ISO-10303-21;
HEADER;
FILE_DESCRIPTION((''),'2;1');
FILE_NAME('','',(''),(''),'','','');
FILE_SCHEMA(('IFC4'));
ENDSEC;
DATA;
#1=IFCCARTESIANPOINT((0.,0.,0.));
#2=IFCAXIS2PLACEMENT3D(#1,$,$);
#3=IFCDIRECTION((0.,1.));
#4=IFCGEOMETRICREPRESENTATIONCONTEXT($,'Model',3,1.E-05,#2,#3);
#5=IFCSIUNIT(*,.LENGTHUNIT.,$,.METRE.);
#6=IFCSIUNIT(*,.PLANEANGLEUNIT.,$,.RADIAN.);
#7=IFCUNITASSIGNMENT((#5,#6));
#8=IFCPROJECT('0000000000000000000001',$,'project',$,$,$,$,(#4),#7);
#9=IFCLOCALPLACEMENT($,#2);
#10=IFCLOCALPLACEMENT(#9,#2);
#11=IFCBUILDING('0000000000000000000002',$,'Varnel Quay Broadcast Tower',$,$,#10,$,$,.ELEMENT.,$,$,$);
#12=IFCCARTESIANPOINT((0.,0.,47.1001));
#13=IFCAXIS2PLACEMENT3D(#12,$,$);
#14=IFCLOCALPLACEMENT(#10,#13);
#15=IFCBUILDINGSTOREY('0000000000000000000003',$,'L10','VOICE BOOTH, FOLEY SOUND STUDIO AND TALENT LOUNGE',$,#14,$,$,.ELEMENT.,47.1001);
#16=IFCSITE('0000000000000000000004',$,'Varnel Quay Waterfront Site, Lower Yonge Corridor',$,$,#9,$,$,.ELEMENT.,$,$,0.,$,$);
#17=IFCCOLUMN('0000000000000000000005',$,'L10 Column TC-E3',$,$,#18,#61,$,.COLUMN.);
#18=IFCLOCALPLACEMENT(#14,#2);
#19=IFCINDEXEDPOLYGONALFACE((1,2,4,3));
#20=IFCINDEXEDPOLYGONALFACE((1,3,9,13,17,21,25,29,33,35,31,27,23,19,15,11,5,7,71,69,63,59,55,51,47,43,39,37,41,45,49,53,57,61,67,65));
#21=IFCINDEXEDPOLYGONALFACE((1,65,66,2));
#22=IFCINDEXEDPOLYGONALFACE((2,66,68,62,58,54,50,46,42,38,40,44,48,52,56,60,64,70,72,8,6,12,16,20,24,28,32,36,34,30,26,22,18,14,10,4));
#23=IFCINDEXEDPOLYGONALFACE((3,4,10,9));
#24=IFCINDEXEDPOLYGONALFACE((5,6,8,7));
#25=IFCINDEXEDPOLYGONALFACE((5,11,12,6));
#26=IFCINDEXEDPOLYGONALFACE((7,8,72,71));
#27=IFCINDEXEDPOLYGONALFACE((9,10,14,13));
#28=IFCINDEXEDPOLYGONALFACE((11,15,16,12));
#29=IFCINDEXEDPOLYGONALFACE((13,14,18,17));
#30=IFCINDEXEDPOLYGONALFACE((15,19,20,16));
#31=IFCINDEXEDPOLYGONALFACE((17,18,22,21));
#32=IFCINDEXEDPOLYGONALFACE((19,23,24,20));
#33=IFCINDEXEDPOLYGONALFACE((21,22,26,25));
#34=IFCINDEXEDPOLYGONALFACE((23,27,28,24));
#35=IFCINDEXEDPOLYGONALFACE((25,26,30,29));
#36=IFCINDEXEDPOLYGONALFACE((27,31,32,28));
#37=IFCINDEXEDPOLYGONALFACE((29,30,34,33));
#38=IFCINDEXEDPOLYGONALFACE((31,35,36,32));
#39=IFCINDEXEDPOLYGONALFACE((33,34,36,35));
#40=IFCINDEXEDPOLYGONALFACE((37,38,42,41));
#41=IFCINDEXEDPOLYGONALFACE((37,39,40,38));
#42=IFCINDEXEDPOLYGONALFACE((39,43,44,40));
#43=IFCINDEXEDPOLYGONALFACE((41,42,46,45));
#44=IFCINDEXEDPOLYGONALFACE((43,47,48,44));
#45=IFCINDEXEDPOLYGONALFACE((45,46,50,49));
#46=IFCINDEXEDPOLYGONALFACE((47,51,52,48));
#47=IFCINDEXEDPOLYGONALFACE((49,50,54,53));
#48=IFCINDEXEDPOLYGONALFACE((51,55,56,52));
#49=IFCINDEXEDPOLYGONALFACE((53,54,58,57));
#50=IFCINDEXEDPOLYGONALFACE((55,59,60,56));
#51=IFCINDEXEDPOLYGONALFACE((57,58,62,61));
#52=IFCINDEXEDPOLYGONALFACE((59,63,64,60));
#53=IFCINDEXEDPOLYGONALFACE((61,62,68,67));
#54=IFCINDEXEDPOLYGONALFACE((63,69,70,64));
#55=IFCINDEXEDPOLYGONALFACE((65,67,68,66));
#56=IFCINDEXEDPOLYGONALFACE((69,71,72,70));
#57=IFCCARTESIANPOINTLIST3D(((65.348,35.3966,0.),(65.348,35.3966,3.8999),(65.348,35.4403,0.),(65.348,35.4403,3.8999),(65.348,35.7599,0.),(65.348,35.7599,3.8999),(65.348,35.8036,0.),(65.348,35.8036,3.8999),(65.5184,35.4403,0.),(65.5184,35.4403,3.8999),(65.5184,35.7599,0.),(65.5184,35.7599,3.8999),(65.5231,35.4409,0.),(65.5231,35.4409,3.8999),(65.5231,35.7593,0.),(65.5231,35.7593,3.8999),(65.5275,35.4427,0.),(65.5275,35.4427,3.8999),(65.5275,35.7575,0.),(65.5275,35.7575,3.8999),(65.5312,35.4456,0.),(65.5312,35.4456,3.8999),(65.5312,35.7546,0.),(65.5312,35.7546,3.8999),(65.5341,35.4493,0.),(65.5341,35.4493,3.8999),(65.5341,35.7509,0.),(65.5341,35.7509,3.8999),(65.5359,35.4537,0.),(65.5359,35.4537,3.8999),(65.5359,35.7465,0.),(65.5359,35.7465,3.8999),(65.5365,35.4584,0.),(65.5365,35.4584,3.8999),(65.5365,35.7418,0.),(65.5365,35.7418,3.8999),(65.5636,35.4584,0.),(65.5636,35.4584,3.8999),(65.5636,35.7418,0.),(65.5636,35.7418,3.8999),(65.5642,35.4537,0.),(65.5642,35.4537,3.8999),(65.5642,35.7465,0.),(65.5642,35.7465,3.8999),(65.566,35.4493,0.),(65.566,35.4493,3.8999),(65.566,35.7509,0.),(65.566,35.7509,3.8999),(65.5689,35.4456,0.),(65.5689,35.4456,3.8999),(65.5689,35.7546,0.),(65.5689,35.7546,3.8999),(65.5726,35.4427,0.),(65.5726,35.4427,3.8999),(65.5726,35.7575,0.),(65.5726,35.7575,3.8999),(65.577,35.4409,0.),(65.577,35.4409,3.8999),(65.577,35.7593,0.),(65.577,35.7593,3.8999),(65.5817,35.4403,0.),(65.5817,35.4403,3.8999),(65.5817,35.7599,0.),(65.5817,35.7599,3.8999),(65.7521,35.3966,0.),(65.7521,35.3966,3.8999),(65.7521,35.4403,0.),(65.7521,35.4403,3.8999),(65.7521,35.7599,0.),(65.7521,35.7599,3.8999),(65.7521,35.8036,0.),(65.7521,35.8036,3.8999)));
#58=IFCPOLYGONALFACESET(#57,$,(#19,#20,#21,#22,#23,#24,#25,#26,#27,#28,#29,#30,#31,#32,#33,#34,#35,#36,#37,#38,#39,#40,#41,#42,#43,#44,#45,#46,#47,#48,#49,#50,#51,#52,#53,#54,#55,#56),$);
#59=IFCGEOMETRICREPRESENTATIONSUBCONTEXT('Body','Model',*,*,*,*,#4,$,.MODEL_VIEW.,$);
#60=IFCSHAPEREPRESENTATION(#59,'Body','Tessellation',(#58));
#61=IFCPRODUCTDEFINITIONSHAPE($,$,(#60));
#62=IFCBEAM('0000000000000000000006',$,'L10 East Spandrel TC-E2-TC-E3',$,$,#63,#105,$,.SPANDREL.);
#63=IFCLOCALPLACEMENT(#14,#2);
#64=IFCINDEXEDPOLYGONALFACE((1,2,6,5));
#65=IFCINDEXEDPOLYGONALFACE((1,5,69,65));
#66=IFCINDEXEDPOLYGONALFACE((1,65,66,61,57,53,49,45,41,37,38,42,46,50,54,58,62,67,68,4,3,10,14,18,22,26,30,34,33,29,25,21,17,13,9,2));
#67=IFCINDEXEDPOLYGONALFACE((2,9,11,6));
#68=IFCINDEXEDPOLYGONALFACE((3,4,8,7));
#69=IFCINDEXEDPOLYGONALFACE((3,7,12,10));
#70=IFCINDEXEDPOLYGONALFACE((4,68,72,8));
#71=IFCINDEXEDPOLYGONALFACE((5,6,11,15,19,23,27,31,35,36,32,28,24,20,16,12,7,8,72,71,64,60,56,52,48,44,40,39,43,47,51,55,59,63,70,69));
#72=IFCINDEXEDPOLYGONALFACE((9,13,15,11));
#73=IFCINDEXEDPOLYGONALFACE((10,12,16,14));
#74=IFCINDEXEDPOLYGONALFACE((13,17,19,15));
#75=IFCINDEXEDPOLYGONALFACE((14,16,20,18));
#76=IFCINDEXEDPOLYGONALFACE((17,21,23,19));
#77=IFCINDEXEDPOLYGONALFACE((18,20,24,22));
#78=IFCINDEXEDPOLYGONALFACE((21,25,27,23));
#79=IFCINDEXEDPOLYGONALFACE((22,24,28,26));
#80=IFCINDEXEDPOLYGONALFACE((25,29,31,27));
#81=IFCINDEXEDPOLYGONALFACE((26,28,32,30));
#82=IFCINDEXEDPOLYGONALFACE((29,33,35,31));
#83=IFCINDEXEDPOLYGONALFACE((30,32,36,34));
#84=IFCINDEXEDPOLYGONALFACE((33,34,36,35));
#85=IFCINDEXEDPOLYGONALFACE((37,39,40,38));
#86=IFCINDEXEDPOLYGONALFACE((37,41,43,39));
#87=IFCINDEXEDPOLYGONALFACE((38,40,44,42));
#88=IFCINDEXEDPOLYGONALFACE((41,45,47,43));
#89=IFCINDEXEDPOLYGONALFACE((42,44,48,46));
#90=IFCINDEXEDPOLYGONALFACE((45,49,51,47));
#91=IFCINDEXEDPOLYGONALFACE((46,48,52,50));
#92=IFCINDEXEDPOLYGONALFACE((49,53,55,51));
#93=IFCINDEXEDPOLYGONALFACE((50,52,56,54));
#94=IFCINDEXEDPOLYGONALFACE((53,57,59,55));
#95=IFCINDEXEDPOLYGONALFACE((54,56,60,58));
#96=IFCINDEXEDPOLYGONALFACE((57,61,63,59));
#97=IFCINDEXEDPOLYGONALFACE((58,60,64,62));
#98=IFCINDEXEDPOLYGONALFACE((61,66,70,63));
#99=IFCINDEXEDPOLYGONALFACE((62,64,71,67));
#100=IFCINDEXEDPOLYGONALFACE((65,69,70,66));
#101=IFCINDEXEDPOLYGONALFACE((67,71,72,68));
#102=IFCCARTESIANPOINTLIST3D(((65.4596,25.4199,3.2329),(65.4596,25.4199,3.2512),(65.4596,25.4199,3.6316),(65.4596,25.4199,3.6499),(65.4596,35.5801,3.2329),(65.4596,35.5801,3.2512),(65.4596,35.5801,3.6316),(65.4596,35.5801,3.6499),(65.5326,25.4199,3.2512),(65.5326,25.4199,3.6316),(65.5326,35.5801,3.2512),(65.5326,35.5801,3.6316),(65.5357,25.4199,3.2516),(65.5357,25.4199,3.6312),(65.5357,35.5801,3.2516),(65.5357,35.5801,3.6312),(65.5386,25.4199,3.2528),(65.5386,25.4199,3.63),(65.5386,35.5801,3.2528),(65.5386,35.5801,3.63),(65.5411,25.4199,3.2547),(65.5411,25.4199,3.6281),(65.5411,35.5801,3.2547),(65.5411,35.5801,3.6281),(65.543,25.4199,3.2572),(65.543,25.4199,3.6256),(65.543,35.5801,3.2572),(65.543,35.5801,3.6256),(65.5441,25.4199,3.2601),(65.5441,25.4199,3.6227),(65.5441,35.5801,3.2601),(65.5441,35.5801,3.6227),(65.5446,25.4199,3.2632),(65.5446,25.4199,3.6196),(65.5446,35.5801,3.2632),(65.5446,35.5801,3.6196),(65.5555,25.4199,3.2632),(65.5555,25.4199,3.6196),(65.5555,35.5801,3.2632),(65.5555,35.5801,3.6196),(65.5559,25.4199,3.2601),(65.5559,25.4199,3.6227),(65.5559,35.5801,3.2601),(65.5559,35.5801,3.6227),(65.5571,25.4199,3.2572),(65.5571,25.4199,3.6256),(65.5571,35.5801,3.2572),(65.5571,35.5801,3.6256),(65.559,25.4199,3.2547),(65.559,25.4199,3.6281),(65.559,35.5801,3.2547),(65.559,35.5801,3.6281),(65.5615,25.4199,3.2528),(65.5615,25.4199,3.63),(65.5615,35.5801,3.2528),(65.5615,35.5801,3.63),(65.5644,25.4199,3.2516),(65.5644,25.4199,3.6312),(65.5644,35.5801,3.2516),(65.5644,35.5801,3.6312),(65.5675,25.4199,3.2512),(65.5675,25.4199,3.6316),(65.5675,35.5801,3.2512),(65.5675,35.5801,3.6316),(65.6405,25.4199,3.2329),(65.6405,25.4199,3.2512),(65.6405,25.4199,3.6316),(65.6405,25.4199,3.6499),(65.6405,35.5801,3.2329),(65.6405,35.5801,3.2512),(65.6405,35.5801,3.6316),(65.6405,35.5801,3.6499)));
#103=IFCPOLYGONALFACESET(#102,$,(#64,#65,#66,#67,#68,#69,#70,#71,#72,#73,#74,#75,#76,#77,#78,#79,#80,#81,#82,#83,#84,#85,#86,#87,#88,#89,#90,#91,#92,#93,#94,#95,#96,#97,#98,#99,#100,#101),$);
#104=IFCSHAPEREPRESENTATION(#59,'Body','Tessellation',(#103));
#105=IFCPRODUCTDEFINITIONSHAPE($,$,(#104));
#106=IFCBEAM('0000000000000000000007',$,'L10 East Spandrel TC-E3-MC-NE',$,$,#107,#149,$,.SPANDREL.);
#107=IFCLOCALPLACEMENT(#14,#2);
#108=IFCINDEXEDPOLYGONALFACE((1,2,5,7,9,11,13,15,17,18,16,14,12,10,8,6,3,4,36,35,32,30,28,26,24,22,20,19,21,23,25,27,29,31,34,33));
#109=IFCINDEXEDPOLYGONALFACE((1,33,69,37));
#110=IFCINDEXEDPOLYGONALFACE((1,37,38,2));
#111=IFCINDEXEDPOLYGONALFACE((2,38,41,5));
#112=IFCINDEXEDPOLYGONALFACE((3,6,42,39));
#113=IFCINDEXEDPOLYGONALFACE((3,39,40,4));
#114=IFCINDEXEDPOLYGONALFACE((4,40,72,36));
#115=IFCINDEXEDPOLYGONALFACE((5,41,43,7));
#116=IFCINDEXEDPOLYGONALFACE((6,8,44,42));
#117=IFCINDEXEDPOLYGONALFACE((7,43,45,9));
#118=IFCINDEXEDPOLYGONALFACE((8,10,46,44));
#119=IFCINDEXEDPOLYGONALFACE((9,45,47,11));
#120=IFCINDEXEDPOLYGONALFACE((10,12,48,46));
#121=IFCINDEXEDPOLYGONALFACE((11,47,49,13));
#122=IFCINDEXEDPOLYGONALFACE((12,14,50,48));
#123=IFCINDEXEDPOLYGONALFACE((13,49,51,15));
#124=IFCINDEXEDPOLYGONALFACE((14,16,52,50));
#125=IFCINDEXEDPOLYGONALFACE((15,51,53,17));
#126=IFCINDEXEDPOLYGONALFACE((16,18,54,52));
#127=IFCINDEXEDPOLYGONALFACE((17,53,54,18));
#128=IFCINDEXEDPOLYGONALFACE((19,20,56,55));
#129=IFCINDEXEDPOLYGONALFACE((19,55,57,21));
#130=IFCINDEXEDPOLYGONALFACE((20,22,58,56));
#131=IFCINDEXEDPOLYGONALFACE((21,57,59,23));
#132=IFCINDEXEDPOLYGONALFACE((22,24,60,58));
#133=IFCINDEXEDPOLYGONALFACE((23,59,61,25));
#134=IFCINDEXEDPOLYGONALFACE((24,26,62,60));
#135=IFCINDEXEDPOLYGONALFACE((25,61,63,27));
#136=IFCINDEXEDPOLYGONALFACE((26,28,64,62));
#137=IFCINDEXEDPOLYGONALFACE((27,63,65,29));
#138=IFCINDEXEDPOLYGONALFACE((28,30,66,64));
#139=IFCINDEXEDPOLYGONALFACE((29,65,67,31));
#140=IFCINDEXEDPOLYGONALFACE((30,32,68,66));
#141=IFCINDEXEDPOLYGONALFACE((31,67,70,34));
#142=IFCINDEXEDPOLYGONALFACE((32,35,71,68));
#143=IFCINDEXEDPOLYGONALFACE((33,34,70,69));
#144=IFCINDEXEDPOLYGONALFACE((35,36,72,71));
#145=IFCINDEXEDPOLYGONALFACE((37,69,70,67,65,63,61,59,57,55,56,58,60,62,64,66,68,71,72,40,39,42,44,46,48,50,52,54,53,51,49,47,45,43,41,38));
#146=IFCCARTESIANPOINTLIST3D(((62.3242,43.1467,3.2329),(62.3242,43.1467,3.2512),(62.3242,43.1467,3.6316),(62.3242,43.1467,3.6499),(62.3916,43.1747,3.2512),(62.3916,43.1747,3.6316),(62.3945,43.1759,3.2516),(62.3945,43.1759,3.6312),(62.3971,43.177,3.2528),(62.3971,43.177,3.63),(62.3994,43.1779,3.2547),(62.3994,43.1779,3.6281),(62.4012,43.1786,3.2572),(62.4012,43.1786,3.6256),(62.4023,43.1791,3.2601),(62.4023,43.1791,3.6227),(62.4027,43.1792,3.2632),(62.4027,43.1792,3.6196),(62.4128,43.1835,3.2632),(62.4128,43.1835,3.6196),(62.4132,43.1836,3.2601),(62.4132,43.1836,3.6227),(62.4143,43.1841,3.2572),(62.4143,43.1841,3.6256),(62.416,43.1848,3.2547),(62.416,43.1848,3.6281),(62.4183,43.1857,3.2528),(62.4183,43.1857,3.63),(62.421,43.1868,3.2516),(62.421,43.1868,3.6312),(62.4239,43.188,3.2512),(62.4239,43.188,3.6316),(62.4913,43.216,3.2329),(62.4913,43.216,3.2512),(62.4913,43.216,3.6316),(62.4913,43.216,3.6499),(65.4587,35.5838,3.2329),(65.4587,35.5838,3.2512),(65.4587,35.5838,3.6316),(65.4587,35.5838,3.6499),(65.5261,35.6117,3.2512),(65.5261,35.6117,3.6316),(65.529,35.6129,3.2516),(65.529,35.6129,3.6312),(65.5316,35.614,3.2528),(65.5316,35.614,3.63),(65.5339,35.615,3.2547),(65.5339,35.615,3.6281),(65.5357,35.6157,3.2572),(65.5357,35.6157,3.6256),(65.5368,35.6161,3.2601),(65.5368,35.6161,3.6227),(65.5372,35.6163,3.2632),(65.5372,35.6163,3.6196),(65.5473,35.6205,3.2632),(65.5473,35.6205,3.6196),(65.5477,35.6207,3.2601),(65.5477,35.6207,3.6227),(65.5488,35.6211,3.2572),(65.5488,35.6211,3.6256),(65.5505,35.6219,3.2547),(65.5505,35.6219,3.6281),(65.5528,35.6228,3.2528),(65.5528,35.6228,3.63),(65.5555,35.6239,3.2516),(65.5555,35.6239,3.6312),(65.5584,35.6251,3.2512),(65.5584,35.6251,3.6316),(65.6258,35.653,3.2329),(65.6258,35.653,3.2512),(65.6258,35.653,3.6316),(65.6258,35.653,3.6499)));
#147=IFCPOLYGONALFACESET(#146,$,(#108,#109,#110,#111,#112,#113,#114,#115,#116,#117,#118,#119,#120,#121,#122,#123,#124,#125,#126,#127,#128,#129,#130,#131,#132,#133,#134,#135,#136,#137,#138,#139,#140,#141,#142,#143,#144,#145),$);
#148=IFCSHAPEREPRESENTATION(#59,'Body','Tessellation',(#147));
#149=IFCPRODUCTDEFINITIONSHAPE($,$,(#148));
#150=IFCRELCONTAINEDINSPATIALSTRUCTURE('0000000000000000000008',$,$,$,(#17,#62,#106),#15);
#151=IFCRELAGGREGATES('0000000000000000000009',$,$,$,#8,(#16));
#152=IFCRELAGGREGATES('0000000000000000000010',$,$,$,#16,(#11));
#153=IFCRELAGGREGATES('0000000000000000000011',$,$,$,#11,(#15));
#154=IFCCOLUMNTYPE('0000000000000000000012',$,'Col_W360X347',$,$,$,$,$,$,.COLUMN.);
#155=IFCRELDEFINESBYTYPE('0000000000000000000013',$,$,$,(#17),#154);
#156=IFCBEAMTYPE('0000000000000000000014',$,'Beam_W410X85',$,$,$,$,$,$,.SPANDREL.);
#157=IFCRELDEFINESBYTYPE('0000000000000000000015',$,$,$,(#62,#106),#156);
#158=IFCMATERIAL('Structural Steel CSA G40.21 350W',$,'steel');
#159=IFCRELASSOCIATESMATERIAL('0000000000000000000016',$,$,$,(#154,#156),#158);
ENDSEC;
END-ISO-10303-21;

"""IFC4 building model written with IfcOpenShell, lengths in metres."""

from ifc_helpers import new_model, si_unit, direction, frame, origin, origin_2d, place, context, subcontext, project, spatial, i_section, extrude, source, transform, mapped, material, material_profile, profile_set, type_object, type_shapes, element, save


model = new_model("IFC4")

# Units and contexts
model_context = context("Model", 3, precision=1e-05, world=origin(), true_north=direction((0.0, 1.0)))
body_context = subcontext(model_context, "Body", "Model", "MODEL_VIEW")
ifc_project = project(units=[si_unit("LENGTHUNIT", "METRE"), si_unit("PLANEANGLEUNIT", "RADIAN")], contexts=[model_context])

# Site, building, storey
site_placement = place(None, origin())
site = spatial("IfcSite", under=ifc_project, at=site_placement, Name="Varnel Quay Waterfront Site, Lower Yonge Corridor", CompositionType="ELEMENT", RefElevation=0.0)
building_placement = place(site_placement, origin())
building = spatial("IfcBuilding", under=site, at=building_placement, Name="Varnel Quay Broadcast Tower", CompositionType="ELEMENT")
storey_placement = place(building_placement, frame((0.0, 0.0, 47.1001)))
storey = spatial("IfcBuildingStorey", under=building, at=storey_placement, Name="L10", Description="VOICE BOOTH, FOLEY SOUND STUDIO AND TALENT LOUNGE", CompositionType="ELEMENT", Elevation=47.1001)

# Column
ifc_material_1 = material(Name="Structural Steel CSA G40.21 350W", Category="steel")
ifc_material_profile_1 = material_profile(ifc_material_1, i_section(OverallWidth=0.4041, OverallDepth=0.407, WebThickness=0.0271, FlangeThickness=0.0437, FilletRadius=0.0181, at=origin_2d()), Name="W360X347")
ifc_profile_set_1 = profile_set([ifc_material_profile_1], Name="Structural Steel CSA G40.21 350W")
column_type_1 = type_object("IfcColumnType", Name="Col_W360X347", PredefinedType="COLUMN", material=ifc_profile_set_1)
shared_shape_1 = source(origin(), body_context, "Body", "SweptSolid", [
    extrude(i_section(OverallWidth=0.4041, OverallDepth=0.407, WebThickness=0.0271, FlangeThickness=0.0437, FilletRadius=0.0181, at=origin_2d()), origin(), (0.0, 0.0, 1.0), 3.8999),
])
type_shapes(column_type_1, [shared_shape_1])
for number, where, z_axis, x_axis, name in (
    (1, (65.55, 35.6001, 0.0), (0.0, 0.0, 1.0), (1.0, 0.0, 0.0), "L10 Column TC-E3"),
):
    element("IfcColumn", number, at=place(storey_placement, frame(where, z_axis=z_axis, x_axis=x_axis)), inside=storey, type_object=column_type_1, Name=name, PredefinedType="COLUMN", context=body_context, shape_type="MappedRepresentation", body=[
        mapped(shared_shape_1, transform((0.0, 0.0, 0.0), x_axis=(1.0, 0.0, 0.0), y_axis=(0.0, 1.0, 0.0), z_axis=(0.0, 0.0, 1.0), scale=1.0)),
    ])

# Beams
ifc_material_profile_2 = material_profile(ifc_material_1, i_section(OverallWidth=0.1809, OverallDepth=0.417, WebThickness=0.011, FlangeThickness=0.0183, FilletRadius=0.012, at=origin_2d()), Name="W410X85")
ifc_profile_set_2 = profile_set([ifc_material_profile_2], Name="Structural Steel CSA G40.21 350W")
beam_type_1 = type_object("IfcBeamType", Name="Beam_W410X85", PredefinedType="SPANDREL", material=ifc_profile_set_2)
shared_shape_2 = source(origin(), body_context, "Body", "SweptSolid", [
    extrude(i_section(OverallWidth=0.1809, OverallDepth=0.417, WebThickness=0.011, FlangeThickness=0.0183, FilletRadius=0.012, at=origin_2d()), origin(), (0.0, 0.0, 1.0), 10.1602),
])
beam_1_placement = place(storey_placement, frame((65.55, 25.4199, 3.4414), z_axis=(0.0, 1.0, 0.0), x_axis=(-1.0, 0.0, 0.0)))
element("IfcBeam", 2, at=beam_1_placement, inside=storey, type_object=beam_type_1, Name="L10 East Spandrel TC-E2-TC-E3", PredefinedType="SPANDREL", context=body_context, shape_type="MappedRepresentation", body=[
    mapped(shared_shape_2, transform((0.0, 0.0, 0.0), x_axis=(1.0, 0.0, 0.0), y_axis=(0.0, 1.0, 0.0), z_axis=(0.0, 0.0, 1.0), scale=1.0)),
])
shared_shape_3 = source(origin(), body_context, "Body", "SweptSolid", [
    extrude(i_section(OverallWidth=0.1809, OverallDepth=0.417, WebThickness=0.011, FlangeThickness=0.0183, FilletRadius=0.012, at=origin_2d()), origin(), (0.0, 0.0, 1.0), 8.1868),
])
beam_2_placement = place(storey_placement, frame((65.5422, 35.6184, 3.4414), z_axis=(-0.382874, 0.923801, 0.0), x_axis=(-0.923801, -0.382874, 0.0)))
element("IfcBeam", 3, at=beam_2_placement, inside=storey, type_object=beam_type_1, Name="L10 East Spandrel TC-E3-MC-NE", PredefinedType="SPANDREL", context=body_context, shape_type="MappedRepresentation", body=[
    mapped(shared_shape_3, transform((0.0, 0.0, 0.0), x_axis=(1.0, 0.0, 0.0), y_axis=(0.0, 1.0, 0.0), z_axis=(0.0, 0.0, 1.0), scale=1.0)),
])

save(model, "model.ifc")
